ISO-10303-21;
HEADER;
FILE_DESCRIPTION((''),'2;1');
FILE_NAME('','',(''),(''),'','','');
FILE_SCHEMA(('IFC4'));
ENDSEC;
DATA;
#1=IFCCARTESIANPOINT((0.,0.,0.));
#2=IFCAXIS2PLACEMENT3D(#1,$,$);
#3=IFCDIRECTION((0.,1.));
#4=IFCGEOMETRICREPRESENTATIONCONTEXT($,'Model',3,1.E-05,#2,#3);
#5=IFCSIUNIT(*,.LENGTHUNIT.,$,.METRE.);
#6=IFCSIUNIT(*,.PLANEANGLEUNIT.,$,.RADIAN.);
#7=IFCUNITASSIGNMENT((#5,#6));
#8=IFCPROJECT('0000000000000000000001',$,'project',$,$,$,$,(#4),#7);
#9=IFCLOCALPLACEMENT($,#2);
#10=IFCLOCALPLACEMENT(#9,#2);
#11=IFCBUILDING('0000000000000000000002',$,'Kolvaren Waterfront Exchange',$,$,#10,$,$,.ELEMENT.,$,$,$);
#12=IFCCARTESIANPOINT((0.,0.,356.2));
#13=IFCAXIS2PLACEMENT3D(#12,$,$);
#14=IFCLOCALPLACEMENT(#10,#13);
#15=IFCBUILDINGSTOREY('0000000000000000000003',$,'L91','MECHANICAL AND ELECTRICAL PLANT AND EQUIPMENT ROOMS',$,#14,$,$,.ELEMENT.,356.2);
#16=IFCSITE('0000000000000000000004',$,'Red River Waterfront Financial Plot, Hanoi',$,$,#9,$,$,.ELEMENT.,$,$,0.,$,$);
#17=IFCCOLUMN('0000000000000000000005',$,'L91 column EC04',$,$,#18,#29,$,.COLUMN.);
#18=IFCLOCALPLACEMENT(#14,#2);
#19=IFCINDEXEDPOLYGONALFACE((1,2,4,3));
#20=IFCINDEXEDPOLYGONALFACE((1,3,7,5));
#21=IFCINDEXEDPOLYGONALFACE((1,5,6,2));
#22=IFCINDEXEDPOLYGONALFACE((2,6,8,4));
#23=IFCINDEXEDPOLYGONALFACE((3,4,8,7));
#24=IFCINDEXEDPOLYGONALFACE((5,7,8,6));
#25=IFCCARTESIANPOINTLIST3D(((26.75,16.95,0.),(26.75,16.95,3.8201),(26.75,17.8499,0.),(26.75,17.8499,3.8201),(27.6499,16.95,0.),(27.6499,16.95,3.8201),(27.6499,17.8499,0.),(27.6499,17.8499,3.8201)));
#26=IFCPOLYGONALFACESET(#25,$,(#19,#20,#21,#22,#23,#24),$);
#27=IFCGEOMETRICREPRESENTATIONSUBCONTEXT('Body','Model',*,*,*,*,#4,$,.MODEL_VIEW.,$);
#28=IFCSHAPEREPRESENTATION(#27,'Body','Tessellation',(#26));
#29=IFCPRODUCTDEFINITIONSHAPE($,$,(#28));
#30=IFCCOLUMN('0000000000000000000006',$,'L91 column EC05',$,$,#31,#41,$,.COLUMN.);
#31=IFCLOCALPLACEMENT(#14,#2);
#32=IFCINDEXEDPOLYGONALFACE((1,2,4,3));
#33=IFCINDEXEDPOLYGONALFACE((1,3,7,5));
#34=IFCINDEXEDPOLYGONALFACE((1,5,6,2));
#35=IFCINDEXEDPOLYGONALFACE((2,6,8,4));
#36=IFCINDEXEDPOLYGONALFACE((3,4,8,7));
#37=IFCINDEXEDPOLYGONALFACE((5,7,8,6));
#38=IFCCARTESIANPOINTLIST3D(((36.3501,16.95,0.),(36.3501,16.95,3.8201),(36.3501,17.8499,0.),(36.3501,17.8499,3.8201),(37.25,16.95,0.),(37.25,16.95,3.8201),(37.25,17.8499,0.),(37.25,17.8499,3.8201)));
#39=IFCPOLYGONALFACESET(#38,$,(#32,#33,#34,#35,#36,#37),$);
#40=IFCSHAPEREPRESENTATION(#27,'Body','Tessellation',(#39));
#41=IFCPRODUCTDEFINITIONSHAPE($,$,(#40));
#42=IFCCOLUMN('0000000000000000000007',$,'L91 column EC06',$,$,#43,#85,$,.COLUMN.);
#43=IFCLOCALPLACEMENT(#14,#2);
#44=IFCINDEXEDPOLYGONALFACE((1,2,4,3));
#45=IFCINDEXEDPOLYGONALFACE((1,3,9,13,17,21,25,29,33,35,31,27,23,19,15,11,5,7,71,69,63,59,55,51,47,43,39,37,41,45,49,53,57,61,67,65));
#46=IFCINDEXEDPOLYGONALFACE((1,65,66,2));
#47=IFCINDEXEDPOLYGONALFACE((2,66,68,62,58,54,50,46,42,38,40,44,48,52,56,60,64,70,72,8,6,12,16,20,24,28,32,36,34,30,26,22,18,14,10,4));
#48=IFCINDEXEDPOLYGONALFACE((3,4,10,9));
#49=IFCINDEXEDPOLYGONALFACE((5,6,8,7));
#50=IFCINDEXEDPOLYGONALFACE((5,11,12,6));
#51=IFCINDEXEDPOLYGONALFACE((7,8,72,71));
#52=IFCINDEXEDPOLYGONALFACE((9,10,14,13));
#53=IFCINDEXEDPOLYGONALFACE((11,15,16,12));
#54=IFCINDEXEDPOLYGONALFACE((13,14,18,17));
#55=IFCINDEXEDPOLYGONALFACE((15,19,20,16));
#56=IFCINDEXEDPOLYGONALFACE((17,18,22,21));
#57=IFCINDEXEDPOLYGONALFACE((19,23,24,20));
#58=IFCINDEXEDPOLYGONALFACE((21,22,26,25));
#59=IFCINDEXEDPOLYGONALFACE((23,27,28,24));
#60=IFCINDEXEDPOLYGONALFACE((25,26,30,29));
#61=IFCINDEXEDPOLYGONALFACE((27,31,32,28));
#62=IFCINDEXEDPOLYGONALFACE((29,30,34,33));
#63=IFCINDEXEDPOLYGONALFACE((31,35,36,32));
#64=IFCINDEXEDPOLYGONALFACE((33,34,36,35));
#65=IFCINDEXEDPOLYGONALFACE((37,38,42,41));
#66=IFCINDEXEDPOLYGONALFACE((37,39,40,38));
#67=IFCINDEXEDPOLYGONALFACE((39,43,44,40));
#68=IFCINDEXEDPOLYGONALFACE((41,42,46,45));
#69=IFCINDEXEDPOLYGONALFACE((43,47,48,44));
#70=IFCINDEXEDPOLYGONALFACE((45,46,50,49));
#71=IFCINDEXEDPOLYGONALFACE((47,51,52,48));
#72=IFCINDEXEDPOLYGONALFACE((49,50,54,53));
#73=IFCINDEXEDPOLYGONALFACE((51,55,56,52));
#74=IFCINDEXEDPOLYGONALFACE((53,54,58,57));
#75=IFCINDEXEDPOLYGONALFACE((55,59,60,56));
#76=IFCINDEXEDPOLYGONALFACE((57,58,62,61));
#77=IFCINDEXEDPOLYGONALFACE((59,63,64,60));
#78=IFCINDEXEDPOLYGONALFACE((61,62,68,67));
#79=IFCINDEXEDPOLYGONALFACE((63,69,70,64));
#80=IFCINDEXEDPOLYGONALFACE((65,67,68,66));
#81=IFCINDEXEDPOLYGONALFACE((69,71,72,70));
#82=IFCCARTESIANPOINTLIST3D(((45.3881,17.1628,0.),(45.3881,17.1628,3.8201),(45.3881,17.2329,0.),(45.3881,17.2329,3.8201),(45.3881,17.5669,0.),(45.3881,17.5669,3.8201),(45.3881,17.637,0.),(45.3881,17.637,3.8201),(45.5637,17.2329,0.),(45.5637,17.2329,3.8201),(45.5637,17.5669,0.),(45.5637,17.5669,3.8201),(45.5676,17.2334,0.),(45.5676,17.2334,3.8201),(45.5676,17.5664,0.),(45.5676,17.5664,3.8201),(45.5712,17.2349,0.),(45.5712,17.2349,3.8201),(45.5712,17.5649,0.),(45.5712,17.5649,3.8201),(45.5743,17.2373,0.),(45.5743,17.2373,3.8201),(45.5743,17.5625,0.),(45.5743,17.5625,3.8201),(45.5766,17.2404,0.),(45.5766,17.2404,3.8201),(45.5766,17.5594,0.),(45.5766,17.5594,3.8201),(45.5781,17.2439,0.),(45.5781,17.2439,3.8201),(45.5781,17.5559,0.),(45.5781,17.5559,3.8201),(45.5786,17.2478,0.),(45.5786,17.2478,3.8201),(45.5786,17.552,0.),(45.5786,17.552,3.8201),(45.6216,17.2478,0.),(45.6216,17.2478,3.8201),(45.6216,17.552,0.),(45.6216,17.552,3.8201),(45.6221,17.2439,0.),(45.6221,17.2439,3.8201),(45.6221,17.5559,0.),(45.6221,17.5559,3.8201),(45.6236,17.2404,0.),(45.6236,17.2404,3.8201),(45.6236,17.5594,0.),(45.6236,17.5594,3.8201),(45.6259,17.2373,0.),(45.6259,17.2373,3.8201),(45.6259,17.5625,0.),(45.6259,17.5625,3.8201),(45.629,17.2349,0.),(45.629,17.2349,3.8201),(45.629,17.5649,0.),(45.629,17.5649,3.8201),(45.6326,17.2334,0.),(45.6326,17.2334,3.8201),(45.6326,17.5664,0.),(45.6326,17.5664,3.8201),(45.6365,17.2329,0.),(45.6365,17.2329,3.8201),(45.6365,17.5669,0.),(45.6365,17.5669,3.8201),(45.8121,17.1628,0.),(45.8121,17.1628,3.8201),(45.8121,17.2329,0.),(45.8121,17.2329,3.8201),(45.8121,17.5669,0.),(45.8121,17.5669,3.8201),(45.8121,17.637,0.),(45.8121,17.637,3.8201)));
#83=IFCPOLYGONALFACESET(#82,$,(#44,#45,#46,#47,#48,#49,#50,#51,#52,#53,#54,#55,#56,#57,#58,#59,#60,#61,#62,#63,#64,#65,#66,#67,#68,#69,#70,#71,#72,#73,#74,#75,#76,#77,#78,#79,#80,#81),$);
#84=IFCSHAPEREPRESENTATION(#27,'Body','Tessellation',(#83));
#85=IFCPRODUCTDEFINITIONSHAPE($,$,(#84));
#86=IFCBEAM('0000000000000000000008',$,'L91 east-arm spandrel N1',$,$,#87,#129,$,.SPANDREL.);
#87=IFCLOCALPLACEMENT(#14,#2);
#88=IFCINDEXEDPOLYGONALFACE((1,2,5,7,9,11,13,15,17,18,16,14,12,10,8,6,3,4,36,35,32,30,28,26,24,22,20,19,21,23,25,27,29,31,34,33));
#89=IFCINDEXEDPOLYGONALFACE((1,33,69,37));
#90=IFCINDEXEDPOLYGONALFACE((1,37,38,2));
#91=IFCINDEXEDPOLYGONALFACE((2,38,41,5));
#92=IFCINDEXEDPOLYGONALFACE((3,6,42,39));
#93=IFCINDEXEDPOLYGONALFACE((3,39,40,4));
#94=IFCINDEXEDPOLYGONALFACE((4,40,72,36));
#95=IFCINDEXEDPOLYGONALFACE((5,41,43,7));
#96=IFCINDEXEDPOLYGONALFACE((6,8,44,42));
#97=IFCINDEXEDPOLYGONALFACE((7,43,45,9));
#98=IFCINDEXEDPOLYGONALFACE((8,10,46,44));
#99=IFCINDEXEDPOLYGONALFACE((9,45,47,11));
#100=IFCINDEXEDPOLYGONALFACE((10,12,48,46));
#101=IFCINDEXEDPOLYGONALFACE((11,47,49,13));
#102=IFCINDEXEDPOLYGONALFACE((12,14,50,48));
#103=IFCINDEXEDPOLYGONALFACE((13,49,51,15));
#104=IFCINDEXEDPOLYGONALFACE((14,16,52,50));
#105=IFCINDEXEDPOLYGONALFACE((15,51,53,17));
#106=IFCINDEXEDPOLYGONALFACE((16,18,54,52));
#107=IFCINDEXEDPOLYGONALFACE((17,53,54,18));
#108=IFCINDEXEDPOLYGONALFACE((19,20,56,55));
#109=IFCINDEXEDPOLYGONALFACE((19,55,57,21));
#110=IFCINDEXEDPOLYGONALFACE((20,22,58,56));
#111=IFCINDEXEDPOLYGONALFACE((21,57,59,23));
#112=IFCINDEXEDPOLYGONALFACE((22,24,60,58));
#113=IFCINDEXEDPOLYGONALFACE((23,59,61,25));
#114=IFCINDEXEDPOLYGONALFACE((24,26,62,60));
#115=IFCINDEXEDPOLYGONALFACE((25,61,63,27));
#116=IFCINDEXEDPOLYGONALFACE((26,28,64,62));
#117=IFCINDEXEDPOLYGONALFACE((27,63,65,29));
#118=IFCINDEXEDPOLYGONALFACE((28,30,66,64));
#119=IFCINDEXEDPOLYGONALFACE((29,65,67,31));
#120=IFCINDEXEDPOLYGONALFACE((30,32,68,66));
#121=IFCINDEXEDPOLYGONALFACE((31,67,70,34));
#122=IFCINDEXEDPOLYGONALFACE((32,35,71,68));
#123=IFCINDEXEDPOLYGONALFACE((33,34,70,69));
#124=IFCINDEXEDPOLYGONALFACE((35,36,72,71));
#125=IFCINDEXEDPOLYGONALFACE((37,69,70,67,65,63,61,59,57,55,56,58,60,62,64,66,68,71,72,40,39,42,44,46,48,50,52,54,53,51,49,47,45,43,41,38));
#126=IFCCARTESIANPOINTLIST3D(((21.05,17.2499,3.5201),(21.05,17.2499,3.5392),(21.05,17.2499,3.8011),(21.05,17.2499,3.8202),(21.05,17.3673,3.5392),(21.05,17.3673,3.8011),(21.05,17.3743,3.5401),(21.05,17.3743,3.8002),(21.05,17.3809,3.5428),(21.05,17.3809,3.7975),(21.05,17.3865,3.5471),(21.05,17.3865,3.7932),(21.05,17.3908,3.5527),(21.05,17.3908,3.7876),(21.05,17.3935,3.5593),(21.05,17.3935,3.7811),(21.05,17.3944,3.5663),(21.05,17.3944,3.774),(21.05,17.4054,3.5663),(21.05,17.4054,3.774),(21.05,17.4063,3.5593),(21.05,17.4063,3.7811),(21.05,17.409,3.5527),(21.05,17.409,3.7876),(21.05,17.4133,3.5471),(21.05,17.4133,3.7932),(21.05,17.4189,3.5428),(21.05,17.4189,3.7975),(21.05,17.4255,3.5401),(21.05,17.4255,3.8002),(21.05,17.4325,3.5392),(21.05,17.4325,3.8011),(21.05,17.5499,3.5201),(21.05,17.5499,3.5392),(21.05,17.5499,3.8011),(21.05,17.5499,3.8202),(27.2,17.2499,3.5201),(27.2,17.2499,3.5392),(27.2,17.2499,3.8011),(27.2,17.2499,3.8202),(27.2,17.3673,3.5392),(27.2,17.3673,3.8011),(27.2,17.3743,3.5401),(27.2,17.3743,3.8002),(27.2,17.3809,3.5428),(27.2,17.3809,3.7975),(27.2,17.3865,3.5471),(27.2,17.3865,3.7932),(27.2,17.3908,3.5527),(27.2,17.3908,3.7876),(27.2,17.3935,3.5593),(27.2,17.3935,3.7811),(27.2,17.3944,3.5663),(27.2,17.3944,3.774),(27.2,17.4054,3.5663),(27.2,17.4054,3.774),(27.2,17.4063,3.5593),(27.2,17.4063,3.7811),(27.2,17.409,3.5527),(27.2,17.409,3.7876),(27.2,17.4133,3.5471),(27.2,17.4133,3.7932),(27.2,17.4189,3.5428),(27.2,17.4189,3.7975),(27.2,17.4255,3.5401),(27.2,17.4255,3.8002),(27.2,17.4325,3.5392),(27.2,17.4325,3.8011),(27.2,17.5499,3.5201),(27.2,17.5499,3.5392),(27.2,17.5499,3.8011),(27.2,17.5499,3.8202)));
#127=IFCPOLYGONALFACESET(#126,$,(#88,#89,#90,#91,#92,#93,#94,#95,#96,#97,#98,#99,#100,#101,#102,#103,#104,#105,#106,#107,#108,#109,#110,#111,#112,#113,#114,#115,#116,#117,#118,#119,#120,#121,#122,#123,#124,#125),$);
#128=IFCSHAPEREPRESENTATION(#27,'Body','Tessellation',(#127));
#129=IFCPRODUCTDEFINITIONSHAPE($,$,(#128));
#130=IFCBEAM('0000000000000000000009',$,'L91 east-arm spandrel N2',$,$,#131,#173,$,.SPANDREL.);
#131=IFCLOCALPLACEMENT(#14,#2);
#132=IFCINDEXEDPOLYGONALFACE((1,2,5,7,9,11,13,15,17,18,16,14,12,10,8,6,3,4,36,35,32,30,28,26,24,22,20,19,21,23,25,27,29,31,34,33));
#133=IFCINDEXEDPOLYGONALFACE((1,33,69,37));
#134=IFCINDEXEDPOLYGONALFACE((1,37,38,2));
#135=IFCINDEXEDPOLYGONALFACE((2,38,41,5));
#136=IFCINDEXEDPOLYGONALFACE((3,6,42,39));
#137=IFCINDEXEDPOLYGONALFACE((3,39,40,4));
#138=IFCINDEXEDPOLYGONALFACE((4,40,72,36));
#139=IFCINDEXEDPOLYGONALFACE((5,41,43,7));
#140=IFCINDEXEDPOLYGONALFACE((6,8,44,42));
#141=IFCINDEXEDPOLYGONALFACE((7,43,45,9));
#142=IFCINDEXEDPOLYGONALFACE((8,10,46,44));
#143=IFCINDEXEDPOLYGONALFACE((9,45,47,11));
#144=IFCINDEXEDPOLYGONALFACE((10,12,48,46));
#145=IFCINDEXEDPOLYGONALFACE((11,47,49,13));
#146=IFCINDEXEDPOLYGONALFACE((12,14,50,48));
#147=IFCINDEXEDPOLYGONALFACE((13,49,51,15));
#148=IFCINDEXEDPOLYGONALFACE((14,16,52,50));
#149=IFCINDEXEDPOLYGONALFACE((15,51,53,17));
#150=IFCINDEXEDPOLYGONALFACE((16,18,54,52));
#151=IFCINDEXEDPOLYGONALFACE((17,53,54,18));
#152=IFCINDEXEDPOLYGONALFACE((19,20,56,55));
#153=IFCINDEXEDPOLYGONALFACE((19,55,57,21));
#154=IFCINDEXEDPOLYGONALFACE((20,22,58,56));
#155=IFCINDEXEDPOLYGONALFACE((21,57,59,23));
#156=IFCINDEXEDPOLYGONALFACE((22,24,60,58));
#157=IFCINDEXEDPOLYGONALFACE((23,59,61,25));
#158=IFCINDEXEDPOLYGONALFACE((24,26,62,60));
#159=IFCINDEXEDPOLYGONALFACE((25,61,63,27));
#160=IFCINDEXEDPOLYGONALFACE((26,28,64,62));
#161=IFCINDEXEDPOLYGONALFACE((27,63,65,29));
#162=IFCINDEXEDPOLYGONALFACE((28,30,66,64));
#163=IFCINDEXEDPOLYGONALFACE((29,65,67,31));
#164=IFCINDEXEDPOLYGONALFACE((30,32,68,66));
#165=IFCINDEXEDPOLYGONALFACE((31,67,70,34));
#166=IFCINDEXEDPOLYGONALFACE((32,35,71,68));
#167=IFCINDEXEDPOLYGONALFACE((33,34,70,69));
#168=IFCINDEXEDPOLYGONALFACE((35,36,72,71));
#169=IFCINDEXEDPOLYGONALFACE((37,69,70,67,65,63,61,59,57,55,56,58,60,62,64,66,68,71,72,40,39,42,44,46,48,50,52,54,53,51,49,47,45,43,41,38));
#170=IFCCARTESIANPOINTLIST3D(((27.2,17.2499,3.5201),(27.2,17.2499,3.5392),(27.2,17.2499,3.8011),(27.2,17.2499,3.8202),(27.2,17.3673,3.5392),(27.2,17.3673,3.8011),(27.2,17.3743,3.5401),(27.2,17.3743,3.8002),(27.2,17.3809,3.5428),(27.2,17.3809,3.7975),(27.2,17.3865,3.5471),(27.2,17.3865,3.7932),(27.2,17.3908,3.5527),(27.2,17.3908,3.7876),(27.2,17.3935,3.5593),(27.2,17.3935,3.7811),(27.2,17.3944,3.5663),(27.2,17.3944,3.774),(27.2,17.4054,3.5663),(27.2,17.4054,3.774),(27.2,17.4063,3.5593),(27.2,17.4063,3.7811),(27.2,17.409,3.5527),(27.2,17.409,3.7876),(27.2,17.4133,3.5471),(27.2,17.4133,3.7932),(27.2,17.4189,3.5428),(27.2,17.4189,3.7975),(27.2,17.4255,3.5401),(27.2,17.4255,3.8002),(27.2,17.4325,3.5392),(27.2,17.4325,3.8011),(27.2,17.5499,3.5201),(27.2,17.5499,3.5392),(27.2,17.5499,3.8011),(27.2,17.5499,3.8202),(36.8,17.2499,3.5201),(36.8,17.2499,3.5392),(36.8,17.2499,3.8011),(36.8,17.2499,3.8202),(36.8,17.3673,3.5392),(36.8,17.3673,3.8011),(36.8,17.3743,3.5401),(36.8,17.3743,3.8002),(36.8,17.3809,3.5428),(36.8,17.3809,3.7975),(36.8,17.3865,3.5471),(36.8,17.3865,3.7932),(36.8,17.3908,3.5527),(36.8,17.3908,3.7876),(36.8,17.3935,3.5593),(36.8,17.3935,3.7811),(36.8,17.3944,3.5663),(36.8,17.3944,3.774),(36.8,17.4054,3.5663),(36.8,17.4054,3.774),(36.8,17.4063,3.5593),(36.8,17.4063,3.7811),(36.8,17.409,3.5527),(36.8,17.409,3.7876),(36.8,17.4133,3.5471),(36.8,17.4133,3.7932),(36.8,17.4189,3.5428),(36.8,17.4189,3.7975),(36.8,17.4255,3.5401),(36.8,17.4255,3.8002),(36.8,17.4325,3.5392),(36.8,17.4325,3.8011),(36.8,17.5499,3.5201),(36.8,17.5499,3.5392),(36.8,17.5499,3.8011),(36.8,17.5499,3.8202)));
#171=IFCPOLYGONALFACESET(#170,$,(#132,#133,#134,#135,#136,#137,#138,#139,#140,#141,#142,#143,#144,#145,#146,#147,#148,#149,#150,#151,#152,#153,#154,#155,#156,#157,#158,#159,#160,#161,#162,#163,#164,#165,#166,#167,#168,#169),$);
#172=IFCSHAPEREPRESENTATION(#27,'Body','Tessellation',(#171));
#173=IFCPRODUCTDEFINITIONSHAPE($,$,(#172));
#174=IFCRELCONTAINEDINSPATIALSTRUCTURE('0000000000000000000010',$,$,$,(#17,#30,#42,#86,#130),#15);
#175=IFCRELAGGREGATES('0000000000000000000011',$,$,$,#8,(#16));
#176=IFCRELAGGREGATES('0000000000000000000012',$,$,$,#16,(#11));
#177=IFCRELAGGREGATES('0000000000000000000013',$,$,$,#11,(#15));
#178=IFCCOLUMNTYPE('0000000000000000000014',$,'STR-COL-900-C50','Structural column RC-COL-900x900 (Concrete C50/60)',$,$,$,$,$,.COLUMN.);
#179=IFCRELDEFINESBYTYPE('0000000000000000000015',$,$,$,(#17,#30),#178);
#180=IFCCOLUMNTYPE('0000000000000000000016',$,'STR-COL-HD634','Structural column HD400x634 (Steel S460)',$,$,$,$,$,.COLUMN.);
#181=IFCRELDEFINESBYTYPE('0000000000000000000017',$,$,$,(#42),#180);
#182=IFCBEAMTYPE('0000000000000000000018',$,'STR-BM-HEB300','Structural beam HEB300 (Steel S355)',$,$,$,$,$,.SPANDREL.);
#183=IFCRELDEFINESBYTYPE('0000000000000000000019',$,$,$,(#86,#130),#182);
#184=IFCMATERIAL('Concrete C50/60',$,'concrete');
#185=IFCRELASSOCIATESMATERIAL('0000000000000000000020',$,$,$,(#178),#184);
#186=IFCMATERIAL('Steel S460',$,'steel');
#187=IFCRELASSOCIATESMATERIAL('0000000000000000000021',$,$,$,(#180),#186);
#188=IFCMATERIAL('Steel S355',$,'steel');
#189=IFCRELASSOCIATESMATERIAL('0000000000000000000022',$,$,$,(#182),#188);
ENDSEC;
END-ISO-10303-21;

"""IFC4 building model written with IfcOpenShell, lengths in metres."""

from ifc_helpers import new_model, si_unit, direction, frame, origin, origin_2d, place, context, subcontext, project, spatial, rectangle, i_section, extrude, material, material_profile, profile_set, type_object, element, save


model = new_model("IFC4")

# Units and contexts
model_context = context("Model", 3, precision=1e-05, world=origin(), true_north=direction((0.0, 1.0)))
body_context = subcontext(model_context, "Body", "Model", "MODEL_VIEW")
ifc_project = project(units=[si_unit("LENGTHUNIT", "METRE"), si_unit("PLANEANGLEUNIT", "RADIAN")], contexts=[model_context])

# Site, building, storey
site_placement = place(None, origin())
site = spatial("IfcSite", under=ifc_project, at=site_placement, Name="Red River Waterfront Financial Plot, Hanoi", CompositionType="ELEMENT", RefElevation=0.0)
building_placement = place(site_placement, origin())
building = spatial("IfcBuilding", under=site, at=building_placement, Name="Kolvaren Waterfront Exchange", CompositionType="ELEMENT")
storey_placement = place(building_placement, frame((0.0, 0.0, 356.2)))
storey = spatial("IfcBuildingStorey", under=building, at=storey_placement, Name="L91", Description="MECHANICAL AND ELECTRICAL PLANT AND EQUIPMENT ROOMS", CompositionType="ELEMENT", Elevation=356.2)

# Columns
ifc_material_1 = material(Name="Concrete C50/60", Category="concrete")
ifc_material_profile_1 = material_profile(ifc_material_1, rectangle(XDim=0.8999, YDim=0.8999, at=origin_2d()), Name="RC-COL-900x900")
ifc_profile_set_1 = profile_set([ifc_material_profile_1], Name="Concrete C50/60")
column_type_1 = type_object("IfcColumnType", Name="STR-COL-900-C50", Description="Structural column RC-COL-900x900 (Concrete C50/60)", PredefinedType="COLUMN", material=ifc_profile_set_1)
for number, where, z_axis, x_axis, name in (
    (1, (27.2, 17.3999, 0.0), (0.0, 0.0, 1.0), (1.0, 0.0, 0.0), "L91 column EC04"),
    (2, (36.8, 17.3999, 0.0), (0.0, 0.0, 1.0), (1.0, 0.0, 0.0), "L91 column EC05"),
):
    element("IfcColumn", number, at=place(storey_placement, frame(where, z_axis=z_axis, x_axis=x_axis)), inside=storey, type_object=column_type_1, Name=name, PredefinedType="COLUMN", context=body_context, shape_type="SweptSolid", body=[
        extrude(rectangle(XDim=0.8999, YDim=0.8999, at=origin_2d()), origin(), (0.0, 0.0, 1.0), 3.8201),
    ])
ifc_material_2 = material(Name="Steel S460", Category="steel")
ifc_material_profile_2 = material_profile(ifc_material_2, i_section(OverallWidth=0.4241, OverallDepth=0.4741, WebThickness=0.043, FlangeThickness=0.0701, FilletRadius=0.0149, at=origin_2d()), Name="HD400x634")
ifc_profile_set_2 = profile_set([ifc_material_profile_2], Name="Steel S460")
column_type_2 = type_object("IfcColumnType", Name="STR-COL-HD634", Description="Structural column HD400x634 (Steel S460)", PredefinedType="COLUMN", material=ifc_profile_set_2)
column_placement = place(storey_placement, frame((45.6001, 17.3999, 0.0), z_axis=(0.0, 0.0, 1.0), x_axis=(1.0, 0.0, 0.0)))
element("IfcColumn", 3, at=column_placement, inside=storey, type_object=column_type_2, Name="L91 column EC06", PredefinedType="COLUMN", context=body_context, shape_type="SweptSolid", body=[
    extrude(i_section(OverallWidth=0.4241, OverallDepth=0.4741, WebThickness=0.043, FlangeThickness=0.0701, FilletRadius=0.0149, at=origin_2d()), origin(), (0.0, 0.0, 1.0), 3.8201),
])

# Beams
ifc_material_3 = material(Name="Steel S355", Category="steel")
ifc_material_profile_3 = material_profile(ifc_material_3, i_section(OverallWidth=0.3, OverallDepth=0.3, WebThickness=0.011, FlangeThickness=0.019, FilletRadius=0.0271, at=origin_2d()), Name="HEB300")
ifc_profile_set_3 = profile_set([ifc_material_profile_3], Name="Steel S355")
beam_type_1 = type_object("IfcBeamType", Name="STR-BM-HEB300", Description="Structural beam HEB300 (Steel S355)", PredefinedType="SPANDREL", material=ifc_profile_set_3)
beam_1_placement = place(storey_placement, frame((21.05, 17.3999, 3.6702), z_axis=(1.0, 0.0, 0.0), x_axis=(0.0, 1.0, 0.0)))
element("IfcBeam", 4, at=beam_1_placement, inside=storey, type_object=beam_type_1, Name="L91 east-arm spandrel N1", PredefinedType="SPANDREL", context=body_context, shape_type="SweptSolid", body=[
    extrude(i_section(OverallWidth=0.3, OverallDepth=0.3, WebThickness=0.011, FlangeThickness=0.019, FilletRadius=0.0271, at=origin_2d()), origin(), (0.0, 0.0, 1.0), 6.1499),
])
beam_2_placement = place(storey_placement, frame((27.2, 17.3999, 3.6702), z_axis=(1.0, 0.0, 0.0), x_axis=(0.0, 1.0, 0.0)))
element("IfcBeam", 5, at=beam_2_placement, inside=storey, type_object=beam_type_1, Name="L91 east-arm spandrel N2", PredefinedType="SPANDREL", context=body_context, shape_type="SweptSolid", body=[
    extrude(i_section(OverallWidth=0.3, OverallDepth=0.3, WebThickness=0.011, FlangeThickness=0.019, FilletRadius=0.0271, at=origin_2d()), origin(), (0.0, 0.0, 1.0), 9.6001),
])

save(model, "model.ifc")
